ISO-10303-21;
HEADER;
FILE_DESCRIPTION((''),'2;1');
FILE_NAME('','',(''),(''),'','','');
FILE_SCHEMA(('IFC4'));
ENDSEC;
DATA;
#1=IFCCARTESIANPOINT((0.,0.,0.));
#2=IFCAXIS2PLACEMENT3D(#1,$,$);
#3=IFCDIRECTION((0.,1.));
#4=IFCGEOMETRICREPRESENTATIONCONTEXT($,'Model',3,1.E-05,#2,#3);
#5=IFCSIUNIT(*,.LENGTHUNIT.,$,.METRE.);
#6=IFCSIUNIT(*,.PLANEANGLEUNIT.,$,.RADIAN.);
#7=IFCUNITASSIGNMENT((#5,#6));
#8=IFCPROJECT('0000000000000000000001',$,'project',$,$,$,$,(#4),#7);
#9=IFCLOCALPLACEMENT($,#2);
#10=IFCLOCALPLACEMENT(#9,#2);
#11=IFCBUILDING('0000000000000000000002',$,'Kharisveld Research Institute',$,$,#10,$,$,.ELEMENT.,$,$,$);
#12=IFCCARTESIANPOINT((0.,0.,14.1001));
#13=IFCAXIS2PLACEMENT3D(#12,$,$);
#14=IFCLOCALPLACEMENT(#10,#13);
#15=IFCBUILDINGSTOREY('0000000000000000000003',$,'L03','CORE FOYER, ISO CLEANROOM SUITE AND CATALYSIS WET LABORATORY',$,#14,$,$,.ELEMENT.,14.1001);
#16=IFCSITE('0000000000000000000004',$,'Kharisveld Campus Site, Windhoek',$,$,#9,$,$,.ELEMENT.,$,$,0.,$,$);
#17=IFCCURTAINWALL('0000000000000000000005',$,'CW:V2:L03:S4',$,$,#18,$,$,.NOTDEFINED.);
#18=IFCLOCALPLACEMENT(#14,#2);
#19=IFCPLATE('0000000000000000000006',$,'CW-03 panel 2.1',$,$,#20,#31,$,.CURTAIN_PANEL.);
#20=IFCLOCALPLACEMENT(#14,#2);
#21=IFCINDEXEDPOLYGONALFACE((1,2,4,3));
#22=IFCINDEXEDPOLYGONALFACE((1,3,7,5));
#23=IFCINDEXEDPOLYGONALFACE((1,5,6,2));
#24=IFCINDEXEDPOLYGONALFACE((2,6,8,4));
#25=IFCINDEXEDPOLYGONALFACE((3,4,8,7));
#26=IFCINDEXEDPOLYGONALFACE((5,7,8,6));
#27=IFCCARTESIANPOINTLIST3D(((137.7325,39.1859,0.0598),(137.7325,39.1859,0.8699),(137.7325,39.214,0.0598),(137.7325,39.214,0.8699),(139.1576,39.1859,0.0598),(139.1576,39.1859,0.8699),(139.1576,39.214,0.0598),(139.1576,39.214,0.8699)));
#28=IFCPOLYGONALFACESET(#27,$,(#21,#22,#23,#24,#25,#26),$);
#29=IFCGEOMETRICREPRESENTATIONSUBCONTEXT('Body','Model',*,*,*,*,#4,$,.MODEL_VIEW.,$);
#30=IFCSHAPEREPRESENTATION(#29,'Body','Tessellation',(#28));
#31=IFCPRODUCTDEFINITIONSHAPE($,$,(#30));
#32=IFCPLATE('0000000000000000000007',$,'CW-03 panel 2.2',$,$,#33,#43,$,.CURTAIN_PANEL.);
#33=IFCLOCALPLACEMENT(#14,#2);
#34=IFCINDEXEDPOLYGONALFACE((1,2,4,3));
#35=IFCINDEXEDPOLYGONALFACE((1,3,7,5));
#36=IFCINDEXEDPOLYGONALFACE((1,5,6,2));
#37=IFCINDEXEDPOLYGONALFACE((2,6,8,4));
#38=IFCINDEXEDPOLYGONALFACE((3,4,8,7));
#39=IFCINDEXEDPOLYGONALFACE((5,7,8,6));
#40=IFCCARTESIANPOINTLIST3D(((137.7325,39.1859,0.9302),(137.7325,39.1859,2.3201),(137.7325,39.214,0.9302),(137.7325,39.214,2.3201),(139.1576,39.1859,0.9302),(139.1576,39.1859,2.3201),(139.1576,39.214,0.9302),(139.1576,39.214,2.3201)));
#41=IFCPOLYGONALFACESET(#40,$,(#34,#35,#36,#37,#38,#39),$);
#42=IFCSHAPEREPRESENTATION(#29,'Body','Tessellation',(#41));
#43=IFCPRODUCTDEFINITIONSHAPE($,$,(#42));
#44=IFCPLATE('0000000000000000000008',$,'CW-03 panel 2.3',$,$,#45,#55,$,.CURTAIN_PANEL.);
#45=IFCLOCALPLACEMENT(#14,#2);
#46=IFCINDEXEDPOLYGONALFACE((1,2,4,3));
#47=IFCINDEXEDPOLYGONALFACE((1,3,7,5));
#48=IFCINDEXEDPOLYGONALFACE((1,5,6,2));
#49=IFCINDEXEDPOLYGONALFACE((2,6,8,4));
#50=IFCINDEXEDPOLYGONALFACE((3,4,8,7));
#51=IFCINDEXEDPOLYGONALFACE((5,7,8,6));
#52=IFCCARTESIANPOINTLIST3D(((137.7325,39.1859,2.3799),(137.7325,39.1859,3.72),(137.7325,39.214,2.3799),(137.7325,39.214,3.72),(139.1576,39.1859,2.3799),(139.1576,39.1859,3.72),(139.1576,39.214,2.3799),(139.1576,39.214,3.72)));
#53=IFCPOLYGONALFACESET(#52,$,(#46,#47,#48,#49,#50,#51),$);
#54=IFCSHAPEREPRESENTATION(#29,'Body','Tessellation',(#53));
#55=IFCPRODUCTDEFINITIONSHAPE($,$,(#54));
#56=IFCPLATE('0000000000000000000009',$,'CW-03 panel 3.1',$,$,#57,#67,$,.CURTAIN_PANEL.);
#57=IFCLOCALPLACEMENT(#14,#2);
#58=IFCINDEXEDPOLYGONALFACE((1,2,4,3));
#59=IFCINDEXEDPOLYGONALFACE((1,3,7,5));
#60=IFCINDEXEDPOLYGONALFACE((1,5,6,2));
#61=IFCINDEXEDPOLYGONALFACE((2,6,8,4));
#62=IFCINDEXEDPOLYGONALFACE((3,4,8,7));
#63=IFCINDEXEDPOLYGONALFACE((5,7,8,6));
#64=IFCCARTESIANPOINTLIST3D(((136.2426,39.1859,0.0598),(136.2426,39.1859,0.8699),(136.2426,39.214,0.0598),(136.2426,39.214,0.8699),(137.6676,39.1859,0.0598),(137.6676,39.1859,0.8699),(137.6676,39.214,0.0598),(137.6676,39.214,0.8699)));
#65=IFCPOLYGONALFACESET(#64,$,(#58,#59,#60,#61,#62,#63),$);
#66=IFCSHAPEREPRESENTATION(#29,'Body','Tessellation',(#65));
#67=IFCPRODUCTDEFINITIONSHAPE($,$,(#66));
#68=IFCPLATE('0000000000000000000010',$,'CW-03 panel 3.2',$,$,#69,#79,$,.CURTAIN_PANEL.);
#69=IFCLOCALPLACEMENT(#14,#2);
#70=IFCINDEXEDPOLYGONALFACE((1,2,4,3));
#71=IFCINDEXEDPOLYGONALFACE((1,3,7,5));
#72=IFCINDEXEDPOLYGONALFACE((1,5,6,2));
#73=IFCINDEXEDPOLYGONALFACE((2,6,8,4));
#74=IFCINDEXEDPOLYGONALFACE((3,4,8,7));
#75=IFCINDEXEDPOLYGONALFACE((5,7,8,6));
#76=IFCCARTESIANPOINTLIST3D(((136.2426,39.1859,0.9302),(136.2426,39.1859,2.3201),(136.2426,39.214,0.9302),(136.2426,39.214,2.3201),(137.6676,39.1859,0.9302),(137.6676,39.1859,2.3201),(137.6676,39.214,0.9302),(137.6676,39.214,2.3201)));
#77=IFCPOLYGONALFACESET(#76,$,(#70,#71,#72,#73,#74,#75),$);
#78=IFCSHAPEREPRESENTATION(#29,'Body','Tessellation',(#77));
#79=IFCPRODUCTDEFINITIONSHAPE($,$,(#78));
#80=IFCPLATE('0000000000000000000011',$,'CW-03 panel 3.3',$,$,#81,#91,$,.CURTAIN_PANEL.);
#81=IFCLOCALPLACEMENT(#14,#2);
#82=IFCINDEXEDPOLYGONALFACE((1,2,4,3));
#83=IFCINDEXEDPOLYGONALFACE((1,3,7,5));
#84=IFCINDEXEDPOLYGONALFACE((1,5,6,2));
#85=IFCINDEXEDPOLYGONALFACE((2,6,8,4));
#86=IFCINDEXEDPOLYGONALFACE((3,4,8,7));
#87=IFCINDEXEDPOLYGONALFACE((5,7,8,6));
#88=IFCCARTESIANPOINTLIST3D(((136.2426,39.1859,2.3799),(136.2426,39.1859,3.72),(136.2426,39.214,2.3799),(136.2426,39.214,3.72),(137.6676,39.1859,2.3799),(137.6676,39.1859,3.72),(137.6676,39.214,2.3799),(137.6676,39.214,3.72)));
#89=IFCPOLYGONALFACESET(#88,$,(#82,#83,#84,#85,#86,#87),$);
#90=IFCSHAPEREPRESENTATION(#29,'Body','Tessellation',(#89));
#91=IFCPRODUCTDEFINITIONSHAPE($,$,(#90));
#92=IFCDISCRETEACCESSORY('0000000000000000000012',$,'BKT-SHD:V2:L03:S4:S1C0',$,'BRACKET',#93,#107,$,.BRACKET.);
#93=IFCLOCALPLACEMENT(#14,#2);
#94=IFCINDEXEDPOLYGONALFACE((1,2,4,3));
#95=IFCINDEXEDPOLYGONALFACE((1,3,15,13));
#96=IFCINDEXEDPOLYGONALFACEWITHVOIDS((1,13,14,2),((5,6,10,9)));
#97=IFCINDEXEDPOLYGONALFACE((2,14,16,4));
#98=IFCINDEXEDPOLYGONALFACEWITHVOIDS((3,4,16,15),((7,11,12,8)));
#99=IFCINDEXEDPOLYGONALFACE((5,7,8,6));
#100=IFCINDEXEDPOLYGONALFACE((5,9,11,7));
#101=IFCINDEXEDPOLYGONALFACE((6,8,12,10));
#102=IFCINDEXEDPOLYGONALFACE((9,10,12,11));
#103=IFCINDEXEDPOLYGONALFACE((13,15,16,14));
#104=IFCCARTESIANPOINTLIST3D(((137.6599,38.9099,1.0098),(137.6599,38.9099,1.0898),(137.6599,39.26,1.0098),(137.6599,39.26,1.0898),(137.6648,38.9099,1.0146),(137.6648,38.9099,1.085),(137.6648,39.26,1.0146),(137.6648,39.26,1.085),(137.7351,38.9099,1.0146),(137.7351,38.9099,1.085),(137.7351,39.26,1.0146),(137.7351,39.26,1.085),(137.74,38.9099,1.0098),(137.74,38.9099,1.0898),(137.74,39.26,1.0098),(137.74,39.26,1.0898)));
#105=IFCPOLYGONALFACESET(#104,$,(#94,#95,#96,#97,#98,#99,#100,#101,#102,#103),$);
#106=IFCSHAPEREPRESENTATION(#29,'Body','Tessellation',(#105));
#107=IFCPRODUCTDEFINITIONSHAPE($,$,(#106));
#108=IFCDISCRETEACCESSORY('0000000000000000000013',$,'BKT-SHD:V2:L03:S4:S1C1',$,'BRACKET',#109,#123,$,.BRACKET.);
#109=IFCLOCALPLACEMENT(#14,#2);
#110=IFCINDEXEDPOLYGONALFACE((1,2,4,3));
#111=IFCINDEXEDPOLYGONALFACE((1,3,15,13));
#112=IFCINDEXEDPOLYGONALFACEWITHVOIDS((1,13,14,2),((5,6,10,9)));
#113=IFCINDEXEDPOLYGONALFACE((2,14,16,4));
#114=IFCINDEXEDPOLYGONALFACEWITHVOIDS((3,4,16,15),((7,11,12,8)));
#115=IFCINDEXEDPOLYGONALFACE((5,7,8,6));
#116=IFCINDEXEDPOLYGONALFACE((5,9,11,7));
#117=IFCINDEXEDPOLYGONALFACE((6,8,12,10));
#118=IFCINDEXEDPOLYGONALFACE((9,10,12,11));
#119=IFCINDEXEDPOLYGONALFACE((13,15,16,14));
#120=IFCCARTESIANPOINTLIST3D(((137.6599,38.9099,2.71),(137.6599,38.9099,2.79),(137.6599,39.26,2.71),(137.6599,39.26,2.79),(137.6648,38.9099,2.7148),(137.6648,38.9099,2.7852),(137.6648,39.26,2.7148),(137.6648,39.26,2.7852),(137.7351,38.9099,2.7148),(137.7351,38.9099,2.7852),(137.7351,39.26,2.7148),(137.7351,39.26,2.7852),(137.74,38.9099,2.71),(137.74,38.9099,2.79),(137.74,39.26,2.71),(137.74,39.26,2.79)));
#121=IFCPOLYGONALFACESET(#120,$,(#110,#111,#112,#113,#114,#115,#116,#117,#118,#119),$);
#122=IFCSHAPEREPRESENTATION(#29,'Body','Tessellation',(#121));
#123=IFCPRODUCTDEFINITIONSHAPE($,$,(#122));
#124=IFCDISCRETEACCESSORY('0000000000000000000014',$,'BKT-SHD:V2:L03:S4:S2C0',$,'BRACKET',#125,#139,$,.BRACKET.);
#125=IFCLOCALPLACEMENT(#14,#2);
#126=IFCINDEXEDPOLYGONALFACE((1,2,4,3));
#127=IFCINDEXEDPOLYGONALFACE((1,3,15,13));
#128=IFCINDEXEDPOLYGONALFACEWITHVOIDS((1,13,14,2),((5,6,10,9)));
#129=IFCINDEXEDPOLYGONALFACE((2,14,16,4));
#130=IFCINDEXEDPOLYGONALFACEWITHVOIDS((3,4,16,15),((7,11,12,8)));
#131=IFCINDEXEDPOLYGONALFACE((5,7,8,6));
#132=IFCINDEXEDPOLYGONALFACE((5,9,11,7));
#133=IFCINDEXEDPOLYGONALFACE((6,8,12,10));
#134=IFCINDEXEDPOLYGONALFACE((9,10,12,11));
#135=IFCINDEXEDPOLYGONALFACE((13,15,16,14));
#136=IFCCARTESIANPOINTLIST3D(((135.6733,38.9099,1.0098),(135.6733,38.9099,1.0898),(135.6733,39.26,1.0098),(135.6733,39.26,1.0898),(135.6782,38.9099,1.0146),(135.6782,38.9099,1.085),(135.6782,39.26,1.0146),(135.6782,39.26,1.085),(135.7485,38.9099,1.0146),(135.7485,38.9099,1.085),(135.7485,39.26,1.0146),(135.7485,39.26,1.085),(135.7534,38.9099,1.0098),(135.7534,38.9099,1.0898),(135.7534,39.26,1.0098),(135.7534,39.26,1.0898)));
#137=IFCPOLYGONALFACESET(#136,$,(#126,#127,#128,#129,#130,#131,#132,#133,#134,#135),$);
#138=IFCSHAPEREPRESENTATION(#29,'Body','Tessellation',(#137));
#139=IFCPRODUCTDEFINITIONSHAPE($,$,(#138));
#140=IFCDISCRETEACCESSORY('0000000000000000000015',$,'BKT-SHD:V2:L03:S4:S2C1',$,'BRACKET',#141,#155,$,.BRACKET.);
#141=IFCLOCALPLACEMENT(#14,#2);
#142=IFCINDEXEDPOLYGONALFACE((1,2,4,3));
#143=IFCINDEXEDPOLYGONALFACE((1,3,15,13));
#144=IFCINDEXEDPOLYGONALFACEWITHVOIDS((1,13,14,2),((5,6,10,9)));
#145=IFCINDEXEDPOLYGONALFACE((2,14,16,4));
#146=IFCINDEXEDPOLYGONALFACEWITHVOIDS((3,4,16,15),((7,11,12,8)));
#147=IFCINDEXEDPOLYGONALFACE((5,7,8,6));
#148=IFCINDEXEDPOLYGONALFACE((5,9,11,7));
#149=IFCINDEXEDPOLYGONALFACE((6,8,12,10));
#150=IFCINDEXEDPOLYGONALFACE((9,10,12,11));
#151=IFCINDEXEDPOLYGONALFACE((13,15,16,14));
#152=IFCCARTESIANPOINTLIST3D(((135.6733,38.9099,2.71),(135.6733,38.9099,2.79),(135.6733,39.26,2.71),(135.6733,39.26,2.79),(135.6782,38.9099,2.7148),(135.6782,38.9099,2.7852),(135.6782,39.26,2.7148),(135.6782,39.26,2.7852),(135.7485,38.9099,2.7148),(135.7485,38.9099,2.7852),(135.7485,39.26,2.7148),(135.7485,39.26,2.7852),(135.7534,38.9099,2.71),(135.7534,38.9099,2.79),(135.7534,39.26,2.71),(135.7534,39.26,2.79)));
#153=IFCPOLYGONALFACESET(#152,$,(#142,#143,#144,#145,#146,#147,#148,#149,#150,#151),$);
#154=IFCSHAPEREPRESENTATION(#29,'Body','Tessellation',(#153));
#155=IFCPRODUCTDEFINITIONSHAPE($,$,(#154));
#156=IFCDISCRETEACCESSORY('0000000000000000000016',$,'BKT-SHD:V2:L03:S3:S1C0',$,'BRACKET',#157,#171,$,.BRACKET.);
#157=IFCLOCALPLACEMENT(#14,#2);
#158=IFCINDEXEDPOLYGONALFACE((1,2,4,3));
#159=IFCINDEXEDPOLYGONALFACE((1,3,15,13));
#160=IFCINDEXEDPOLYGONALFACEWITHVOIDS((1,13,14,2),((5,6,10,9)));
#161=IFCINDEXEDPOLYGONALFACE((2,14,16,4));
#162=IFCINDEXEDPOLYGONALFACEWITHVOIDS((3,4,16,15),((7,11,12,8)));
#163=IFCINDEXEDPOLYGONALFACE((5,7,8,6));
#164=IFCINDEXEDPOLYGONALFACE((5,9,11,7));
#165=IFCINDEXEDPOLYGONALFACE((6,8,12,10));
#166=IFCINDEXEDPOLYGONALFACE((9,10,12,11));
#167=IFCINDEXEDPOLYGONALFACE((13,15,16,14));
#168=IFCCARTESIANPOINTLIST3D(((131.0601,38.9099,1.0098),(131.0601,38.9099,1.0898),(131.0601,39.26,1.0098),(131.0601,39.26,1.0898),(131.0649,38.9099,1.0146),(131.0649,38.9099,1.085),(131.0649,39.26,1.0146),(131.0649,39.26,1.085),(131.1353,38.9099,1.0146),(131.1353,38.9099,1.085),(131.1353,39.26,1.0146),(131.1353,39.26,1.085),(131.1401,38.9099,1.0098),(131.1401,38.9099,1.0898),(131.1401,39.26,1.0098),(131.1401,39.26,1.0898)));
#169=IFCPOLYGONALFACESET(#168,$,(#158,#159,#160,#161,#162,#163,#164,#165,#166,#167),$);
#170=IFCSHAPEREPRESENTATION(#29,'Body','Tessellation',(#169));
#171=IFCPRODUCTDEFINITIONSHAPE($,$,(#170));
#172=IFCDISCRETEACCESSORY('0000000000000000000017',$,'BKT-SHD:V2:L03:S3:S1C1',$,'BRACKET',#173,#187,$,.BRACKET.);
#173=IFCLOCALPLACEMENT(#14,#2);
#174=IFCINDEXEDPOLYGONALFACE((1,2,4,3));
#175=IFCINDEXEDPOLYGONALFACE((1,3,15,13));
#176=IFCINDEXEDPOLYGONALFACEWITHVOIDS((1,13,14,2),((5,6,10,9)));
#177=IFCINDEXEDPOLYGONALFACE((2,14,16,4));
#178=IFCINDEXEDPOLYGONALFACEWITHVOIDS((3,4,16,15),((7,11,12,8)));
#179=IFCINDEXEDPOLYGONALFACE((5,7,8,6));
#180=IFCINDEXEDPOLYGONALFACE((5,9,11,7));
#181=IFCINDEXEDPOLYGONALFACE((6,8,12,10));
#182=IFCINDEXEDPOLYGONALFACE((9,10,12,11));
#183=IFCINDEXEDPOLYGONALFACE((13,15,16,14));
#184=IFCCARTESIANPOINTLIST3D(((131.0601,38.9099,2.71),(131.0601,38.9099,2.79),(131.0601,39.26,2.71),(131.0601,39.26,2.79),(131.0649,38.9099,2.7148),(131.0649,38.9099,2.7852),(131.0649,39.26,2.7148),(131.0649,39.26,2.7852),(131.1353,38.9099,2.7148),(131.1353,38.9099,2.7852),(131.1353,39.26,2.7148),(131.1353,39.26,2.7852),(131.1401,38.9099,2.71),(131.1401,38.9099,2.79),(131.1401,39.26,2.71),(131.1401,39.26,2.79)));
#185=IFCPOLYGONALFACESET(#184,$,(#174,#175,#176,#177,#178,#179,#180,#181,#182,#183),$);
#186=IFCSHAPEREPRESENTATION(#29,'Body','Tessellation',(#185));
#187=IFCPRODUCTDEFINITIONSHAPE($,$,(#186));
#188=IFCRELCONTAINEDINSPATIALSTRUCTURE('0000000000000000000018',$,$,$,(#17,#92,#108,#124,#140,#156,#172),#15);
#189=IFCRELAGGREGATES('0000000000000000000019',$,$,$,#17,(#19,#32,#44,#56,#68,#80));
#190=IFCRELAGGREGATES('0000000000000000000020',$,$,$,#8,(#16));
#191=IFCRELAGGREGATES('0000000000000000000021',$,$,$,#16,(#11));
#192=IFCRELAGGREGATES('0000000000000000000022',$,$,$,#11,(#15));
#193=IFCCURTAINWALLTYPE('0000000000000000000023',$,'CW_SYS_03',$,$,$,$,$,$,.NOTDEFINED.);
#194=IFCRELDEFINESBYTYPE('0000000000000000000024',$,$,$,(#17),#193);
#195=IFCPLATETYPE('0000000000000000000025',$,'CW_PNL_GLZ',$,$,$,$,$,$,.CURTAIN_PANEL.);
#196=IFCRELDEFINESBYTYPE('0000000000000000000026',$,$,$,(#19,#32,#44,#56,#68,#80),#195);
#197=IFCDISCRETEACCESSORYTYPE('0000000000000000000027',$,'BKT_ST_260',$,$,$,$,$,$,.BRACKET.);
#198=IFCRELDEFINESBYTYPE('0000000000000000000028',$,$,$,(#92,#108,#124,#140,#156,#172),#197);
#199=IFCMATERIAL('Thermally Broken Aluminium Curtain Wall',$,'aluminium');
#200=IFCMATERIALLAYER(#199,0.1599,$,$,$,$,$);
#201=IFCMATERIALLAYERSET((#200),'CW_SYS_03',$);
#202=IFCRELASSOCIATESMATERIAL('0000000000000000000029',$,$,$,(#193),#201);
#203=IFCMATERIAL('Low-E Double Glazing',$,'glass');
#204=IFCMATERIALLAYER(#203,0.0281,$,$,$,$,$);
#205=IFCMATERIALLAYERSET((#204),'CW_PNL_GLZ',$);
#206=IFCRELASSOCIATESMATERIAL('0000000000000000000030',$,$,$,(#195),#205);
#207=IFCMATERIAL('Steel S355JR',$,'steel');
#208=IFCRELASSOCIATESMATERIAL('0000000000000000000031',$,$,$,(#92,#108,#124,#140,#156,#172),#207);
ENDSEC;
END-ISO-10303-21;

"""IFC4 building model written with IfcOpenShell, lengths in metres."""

from ifc_helpers import new_model, si_unit, direction, frame, origin, origin_2d, place, context, subcontext, project, spatial, rectangle, hollow_rectangle, extrude, material, layer, layer_set, type_object, element, aggregate, save


model = new_model("IFC4")

# Units and contexts
model_context = context("Model", 3, precision=1e-05, world=origin(), true_north=direction((0.0, 1.0)))
body_context = subcontext(model_context, "Body", "Model", "MODEL_VIEW")
ifc_project = project(units=[si_unit("LENGTHUNIT", "METRE"), si_unit("PLANEANGLEUNIT", "RADIAN")], contexts=[model_context])

# Site, building, storey
site_placement = place(None, origin())
site = spatial("IfcSite", under=ifc_project, at=site_placement, Name="Kharisveld Campus Site, Windhoek", CompositionType="ELEMENT", RefElevation=0.0)
building_placement = place(site_placement, origin())
building = spatial("IfcBuilding", under=site, at=building_placement, Name="Kharisveld Research Institute", CompositionType="ELEMENT")
storey_placement = place(building_placement, frame((0.0, 0.0, 14.1001)))
storey = spatial("IfcBuildingStorey", under=building, at=storey_placement, Name="L03", Description="CORE FOYER, ISO CLEANROOM SUITE AND CATALYSIS WET LABORATORY", CompositionType="ELEMENT", Elevation=14.1001)

# Curtain wall, plates
ifc_material_1 = material(Name="Thermally Broken Aluminium Curtain Wall", Category="aluminium")
ifc_layer_1 = layer(ifc_material_1, 0.1599)
ifc_layer_set_1 = layer_set([ifc_layer_1], Name="CW_SYS_03")
curtain_wall_type = type_object("IfcCurtainWallType", Name="CW_SYS_03", PredefinedType="NOTDEFINED", material=ifc_layer_set_1)
curtain_wall_placement = place(storey_placement, origin())
curtain_wall = element("IfcCurtainWall", 1, at=curtain_wall_placement, inside=storey, type_object=curtain_wall_type, Name="CW:V2:L03:S4", PredefinedType="NOTDEFINED")
ifc_material_2 = material(Name="Low-E Double Glazing", Category="glass")
ifc_layer_2 = layer(ifc_material_2, 0.0281)
ifc_layer_set_2 = layer_set([ifc_layer_2], Name="CW_PNL_GLZ")
plate_type = type_object("IfcPlateType", Name="CW_PNL_GLZ", PredefinedType="CURTAIN_PANEL", material=ifc_layer_set_2)
plate_1_placement = place(storey_placement, frame((138.4451, 39.2, 0.0598), z_axis=(0.0, 0.0, 1.0), x_axis=(-1.0, 0.0, 0.0)))
plate_1 = element("IfcPlate", 2, at=plate_1_placement, type_object=plate_type, Name="CW-03 panel 2.1", PredefinedType="CURTAIN_PANEL", context=body_context, shape_type="SweptSolid", body=[
    extrude(rectangle(XDim=1.425, YDim=0.0281, at=origin_2d()), origin(), (0.0, 0.0, 1.0), 0.8101),
])
plate_2_placement = place(storey_placement, frame((138.4451, 39.2, 0.9302), z_axis=(0.0, 0.0, 1.0), x_axis=(-1.0, 0.0, 0.0)))
plate_2 = element("IfcPlate", 3, at=plate_2_placement, type_object=plate_type, Name="CW-03 panel 2.2", PredefinedType="CURTAIN_PANEL", context=body_context, shape_type="SweptSolid", body=[
    extrude(rectangle(XDim=1.425, YDim=0.0281, at=origin_2d()), origin(), (0.0, 0.0, 1.0), 1.3899),
])
plate_3_placement = place(storey_placement, frame((138.4451, 39.2, 2.3799), z_axis=(0.0, 0.0, 1.0), x_axis=(-1.0, 0.0, 0.0)))
plate_3 = element("IfcPlate", 4, at=plate_3_placement, type_object=plate_type, Name="CW-03 panel 2.3", PredefinedType="CURTAIN_PANEL", context=body_context, shape_type="SweptSolid", body=[
    extrude(rectangle(XDim=1.425, YDim=0.0281, at=origin_2d()), origin(), (0.0, 0.0, 1.0), 1.3401),
])
plate_4_placement = place(storey_placement, frame((136.9551, 39.2, 0.0598), z_axis=(0.0, 0.0, 1.0), x_axis=(-1.0, 0.0, 0.0)))
plate_4 = element("IfcPlate", 5, at=plate_4_placement, type_object=plate_type, Name="CW-03 panel 3.1", PredefinedType="CURTAIN_PANEL", context=body_context, shape_type="SweptSolid", body=[
    extrude(rectangle(XDim=1.425, YDim=0.0281, at=origin_2d()), origin(), (0.0, 0.0, 1.0), 0.8101),
])
plate_5_placement = place(storey_placement, frame((136.9551, 39.2, 0.9302), z_axis=(0.0, 0.0, 1.0), x_axis=(-1.0, 0.0, 0.0)))
plate_5 = element("IfcPlate", 6, at=plate_5_placement, type_object=plate_type, Name="CW-03 panel 3.2", PredefinedType="CURTAIN_PANEL", context=body_context, shape_type="SweptSolid", body=[
    extrude(rectangle(XDim=1.425, YDim=0.0281, at=origin_2d()), origin(), (0.0, 0.0, 1.0), 1.3899),
])
plate_6_placement = place(storey_placement, frame((136.9551, 39.2, 2.3799), z_axis=(0.0, 0.0, 1.0), x_axis=(-1.0, 0.0, 0.0)))
plate_6 = element("IfcPlate", 7, at=plate_6_placement, type_object=plate_type, Name="CW-03 panel 3.3", PredefinedType="CURTAIN_PANEL", context=body_context, shape_type="SweptSolid", body=[
    extrude(rectangle(XDim=1.425, YDim=0.0281, at=origin_2d()), origin(), (0.0, 0.0, 1.0), 1.3401),
])
aggregate(curtain_wall, [plate_1, plate_2, plate_3, plate_4, plate_5, plate_6])

# Discrete accessories
ifc_material_3 = material(Name="Steel S355JR", Category="steel")
discrete_accessory_type = type_object("IfcDiscreteAccessoryType", Name="BKT_ST_260", PredefinedType="BRACKET")
for number, where, z_axis, x_axis, name in (
    (8, (137.7, 39.26, 1.0498), (0.0, -1.0, 0.0), (1.0, 0.0, 0.0), "BKT-SHD:V2:L03:S4:S1C0"),
    (9, (137.7, 39.26, 2.75), (0.0, -1.0, 0.0), (1.0, 0.0, 0.0), "BKT-SHD:V2:L03:S4:S1C1"),
    (10, (135.7134, 39.26, 1.0498), (0.0, -1.0, 0.0), (1.0, 0.0, 0.0), "BKT-SHD:V2:L03:S4:S2C0"),
    (11, (135.7134, 39.26, 2.75), (0.0, -1.0, 0.0), (1.0, 0.0, 0.0), "BKT-SHD:V2:L03:S4:S2C1"),
    (12, (131.1001, 39.26, 1.0498), (0.0, -1.0, 0.0), (1.0, 0.0, 0.0), "BKT-SHD:V2:L03:S3:S1C0"),
    (13, (131.1001, 39.26, 2.75), (0.0, -1.0, 0.0), (1.0, 0.0, 0.0), "BKT-SHD:V2:L03:S3:S1C1"),
):
    element("IfcDiscreteAccessory", number, at=place(storey_placement, frame(where, z_axis=z_axis, x_axis=x_axis)), inside=storey, type_object=discrete_accessory_type, material=ifc_material_3, Name=name, ObjectType="BRACKET", PredefinedType="BRACKET", context=body_context, shape_type="SweptSolid", body=[
        extrude(hollow_rectangle(XDim=0.0801, YDim=0.0801, WallThickness=0.0049, at=origin_2d()), origin(), (0.0, 0.0, 1.0), 0.3501),
    ])

save(model, "model.ifc")
